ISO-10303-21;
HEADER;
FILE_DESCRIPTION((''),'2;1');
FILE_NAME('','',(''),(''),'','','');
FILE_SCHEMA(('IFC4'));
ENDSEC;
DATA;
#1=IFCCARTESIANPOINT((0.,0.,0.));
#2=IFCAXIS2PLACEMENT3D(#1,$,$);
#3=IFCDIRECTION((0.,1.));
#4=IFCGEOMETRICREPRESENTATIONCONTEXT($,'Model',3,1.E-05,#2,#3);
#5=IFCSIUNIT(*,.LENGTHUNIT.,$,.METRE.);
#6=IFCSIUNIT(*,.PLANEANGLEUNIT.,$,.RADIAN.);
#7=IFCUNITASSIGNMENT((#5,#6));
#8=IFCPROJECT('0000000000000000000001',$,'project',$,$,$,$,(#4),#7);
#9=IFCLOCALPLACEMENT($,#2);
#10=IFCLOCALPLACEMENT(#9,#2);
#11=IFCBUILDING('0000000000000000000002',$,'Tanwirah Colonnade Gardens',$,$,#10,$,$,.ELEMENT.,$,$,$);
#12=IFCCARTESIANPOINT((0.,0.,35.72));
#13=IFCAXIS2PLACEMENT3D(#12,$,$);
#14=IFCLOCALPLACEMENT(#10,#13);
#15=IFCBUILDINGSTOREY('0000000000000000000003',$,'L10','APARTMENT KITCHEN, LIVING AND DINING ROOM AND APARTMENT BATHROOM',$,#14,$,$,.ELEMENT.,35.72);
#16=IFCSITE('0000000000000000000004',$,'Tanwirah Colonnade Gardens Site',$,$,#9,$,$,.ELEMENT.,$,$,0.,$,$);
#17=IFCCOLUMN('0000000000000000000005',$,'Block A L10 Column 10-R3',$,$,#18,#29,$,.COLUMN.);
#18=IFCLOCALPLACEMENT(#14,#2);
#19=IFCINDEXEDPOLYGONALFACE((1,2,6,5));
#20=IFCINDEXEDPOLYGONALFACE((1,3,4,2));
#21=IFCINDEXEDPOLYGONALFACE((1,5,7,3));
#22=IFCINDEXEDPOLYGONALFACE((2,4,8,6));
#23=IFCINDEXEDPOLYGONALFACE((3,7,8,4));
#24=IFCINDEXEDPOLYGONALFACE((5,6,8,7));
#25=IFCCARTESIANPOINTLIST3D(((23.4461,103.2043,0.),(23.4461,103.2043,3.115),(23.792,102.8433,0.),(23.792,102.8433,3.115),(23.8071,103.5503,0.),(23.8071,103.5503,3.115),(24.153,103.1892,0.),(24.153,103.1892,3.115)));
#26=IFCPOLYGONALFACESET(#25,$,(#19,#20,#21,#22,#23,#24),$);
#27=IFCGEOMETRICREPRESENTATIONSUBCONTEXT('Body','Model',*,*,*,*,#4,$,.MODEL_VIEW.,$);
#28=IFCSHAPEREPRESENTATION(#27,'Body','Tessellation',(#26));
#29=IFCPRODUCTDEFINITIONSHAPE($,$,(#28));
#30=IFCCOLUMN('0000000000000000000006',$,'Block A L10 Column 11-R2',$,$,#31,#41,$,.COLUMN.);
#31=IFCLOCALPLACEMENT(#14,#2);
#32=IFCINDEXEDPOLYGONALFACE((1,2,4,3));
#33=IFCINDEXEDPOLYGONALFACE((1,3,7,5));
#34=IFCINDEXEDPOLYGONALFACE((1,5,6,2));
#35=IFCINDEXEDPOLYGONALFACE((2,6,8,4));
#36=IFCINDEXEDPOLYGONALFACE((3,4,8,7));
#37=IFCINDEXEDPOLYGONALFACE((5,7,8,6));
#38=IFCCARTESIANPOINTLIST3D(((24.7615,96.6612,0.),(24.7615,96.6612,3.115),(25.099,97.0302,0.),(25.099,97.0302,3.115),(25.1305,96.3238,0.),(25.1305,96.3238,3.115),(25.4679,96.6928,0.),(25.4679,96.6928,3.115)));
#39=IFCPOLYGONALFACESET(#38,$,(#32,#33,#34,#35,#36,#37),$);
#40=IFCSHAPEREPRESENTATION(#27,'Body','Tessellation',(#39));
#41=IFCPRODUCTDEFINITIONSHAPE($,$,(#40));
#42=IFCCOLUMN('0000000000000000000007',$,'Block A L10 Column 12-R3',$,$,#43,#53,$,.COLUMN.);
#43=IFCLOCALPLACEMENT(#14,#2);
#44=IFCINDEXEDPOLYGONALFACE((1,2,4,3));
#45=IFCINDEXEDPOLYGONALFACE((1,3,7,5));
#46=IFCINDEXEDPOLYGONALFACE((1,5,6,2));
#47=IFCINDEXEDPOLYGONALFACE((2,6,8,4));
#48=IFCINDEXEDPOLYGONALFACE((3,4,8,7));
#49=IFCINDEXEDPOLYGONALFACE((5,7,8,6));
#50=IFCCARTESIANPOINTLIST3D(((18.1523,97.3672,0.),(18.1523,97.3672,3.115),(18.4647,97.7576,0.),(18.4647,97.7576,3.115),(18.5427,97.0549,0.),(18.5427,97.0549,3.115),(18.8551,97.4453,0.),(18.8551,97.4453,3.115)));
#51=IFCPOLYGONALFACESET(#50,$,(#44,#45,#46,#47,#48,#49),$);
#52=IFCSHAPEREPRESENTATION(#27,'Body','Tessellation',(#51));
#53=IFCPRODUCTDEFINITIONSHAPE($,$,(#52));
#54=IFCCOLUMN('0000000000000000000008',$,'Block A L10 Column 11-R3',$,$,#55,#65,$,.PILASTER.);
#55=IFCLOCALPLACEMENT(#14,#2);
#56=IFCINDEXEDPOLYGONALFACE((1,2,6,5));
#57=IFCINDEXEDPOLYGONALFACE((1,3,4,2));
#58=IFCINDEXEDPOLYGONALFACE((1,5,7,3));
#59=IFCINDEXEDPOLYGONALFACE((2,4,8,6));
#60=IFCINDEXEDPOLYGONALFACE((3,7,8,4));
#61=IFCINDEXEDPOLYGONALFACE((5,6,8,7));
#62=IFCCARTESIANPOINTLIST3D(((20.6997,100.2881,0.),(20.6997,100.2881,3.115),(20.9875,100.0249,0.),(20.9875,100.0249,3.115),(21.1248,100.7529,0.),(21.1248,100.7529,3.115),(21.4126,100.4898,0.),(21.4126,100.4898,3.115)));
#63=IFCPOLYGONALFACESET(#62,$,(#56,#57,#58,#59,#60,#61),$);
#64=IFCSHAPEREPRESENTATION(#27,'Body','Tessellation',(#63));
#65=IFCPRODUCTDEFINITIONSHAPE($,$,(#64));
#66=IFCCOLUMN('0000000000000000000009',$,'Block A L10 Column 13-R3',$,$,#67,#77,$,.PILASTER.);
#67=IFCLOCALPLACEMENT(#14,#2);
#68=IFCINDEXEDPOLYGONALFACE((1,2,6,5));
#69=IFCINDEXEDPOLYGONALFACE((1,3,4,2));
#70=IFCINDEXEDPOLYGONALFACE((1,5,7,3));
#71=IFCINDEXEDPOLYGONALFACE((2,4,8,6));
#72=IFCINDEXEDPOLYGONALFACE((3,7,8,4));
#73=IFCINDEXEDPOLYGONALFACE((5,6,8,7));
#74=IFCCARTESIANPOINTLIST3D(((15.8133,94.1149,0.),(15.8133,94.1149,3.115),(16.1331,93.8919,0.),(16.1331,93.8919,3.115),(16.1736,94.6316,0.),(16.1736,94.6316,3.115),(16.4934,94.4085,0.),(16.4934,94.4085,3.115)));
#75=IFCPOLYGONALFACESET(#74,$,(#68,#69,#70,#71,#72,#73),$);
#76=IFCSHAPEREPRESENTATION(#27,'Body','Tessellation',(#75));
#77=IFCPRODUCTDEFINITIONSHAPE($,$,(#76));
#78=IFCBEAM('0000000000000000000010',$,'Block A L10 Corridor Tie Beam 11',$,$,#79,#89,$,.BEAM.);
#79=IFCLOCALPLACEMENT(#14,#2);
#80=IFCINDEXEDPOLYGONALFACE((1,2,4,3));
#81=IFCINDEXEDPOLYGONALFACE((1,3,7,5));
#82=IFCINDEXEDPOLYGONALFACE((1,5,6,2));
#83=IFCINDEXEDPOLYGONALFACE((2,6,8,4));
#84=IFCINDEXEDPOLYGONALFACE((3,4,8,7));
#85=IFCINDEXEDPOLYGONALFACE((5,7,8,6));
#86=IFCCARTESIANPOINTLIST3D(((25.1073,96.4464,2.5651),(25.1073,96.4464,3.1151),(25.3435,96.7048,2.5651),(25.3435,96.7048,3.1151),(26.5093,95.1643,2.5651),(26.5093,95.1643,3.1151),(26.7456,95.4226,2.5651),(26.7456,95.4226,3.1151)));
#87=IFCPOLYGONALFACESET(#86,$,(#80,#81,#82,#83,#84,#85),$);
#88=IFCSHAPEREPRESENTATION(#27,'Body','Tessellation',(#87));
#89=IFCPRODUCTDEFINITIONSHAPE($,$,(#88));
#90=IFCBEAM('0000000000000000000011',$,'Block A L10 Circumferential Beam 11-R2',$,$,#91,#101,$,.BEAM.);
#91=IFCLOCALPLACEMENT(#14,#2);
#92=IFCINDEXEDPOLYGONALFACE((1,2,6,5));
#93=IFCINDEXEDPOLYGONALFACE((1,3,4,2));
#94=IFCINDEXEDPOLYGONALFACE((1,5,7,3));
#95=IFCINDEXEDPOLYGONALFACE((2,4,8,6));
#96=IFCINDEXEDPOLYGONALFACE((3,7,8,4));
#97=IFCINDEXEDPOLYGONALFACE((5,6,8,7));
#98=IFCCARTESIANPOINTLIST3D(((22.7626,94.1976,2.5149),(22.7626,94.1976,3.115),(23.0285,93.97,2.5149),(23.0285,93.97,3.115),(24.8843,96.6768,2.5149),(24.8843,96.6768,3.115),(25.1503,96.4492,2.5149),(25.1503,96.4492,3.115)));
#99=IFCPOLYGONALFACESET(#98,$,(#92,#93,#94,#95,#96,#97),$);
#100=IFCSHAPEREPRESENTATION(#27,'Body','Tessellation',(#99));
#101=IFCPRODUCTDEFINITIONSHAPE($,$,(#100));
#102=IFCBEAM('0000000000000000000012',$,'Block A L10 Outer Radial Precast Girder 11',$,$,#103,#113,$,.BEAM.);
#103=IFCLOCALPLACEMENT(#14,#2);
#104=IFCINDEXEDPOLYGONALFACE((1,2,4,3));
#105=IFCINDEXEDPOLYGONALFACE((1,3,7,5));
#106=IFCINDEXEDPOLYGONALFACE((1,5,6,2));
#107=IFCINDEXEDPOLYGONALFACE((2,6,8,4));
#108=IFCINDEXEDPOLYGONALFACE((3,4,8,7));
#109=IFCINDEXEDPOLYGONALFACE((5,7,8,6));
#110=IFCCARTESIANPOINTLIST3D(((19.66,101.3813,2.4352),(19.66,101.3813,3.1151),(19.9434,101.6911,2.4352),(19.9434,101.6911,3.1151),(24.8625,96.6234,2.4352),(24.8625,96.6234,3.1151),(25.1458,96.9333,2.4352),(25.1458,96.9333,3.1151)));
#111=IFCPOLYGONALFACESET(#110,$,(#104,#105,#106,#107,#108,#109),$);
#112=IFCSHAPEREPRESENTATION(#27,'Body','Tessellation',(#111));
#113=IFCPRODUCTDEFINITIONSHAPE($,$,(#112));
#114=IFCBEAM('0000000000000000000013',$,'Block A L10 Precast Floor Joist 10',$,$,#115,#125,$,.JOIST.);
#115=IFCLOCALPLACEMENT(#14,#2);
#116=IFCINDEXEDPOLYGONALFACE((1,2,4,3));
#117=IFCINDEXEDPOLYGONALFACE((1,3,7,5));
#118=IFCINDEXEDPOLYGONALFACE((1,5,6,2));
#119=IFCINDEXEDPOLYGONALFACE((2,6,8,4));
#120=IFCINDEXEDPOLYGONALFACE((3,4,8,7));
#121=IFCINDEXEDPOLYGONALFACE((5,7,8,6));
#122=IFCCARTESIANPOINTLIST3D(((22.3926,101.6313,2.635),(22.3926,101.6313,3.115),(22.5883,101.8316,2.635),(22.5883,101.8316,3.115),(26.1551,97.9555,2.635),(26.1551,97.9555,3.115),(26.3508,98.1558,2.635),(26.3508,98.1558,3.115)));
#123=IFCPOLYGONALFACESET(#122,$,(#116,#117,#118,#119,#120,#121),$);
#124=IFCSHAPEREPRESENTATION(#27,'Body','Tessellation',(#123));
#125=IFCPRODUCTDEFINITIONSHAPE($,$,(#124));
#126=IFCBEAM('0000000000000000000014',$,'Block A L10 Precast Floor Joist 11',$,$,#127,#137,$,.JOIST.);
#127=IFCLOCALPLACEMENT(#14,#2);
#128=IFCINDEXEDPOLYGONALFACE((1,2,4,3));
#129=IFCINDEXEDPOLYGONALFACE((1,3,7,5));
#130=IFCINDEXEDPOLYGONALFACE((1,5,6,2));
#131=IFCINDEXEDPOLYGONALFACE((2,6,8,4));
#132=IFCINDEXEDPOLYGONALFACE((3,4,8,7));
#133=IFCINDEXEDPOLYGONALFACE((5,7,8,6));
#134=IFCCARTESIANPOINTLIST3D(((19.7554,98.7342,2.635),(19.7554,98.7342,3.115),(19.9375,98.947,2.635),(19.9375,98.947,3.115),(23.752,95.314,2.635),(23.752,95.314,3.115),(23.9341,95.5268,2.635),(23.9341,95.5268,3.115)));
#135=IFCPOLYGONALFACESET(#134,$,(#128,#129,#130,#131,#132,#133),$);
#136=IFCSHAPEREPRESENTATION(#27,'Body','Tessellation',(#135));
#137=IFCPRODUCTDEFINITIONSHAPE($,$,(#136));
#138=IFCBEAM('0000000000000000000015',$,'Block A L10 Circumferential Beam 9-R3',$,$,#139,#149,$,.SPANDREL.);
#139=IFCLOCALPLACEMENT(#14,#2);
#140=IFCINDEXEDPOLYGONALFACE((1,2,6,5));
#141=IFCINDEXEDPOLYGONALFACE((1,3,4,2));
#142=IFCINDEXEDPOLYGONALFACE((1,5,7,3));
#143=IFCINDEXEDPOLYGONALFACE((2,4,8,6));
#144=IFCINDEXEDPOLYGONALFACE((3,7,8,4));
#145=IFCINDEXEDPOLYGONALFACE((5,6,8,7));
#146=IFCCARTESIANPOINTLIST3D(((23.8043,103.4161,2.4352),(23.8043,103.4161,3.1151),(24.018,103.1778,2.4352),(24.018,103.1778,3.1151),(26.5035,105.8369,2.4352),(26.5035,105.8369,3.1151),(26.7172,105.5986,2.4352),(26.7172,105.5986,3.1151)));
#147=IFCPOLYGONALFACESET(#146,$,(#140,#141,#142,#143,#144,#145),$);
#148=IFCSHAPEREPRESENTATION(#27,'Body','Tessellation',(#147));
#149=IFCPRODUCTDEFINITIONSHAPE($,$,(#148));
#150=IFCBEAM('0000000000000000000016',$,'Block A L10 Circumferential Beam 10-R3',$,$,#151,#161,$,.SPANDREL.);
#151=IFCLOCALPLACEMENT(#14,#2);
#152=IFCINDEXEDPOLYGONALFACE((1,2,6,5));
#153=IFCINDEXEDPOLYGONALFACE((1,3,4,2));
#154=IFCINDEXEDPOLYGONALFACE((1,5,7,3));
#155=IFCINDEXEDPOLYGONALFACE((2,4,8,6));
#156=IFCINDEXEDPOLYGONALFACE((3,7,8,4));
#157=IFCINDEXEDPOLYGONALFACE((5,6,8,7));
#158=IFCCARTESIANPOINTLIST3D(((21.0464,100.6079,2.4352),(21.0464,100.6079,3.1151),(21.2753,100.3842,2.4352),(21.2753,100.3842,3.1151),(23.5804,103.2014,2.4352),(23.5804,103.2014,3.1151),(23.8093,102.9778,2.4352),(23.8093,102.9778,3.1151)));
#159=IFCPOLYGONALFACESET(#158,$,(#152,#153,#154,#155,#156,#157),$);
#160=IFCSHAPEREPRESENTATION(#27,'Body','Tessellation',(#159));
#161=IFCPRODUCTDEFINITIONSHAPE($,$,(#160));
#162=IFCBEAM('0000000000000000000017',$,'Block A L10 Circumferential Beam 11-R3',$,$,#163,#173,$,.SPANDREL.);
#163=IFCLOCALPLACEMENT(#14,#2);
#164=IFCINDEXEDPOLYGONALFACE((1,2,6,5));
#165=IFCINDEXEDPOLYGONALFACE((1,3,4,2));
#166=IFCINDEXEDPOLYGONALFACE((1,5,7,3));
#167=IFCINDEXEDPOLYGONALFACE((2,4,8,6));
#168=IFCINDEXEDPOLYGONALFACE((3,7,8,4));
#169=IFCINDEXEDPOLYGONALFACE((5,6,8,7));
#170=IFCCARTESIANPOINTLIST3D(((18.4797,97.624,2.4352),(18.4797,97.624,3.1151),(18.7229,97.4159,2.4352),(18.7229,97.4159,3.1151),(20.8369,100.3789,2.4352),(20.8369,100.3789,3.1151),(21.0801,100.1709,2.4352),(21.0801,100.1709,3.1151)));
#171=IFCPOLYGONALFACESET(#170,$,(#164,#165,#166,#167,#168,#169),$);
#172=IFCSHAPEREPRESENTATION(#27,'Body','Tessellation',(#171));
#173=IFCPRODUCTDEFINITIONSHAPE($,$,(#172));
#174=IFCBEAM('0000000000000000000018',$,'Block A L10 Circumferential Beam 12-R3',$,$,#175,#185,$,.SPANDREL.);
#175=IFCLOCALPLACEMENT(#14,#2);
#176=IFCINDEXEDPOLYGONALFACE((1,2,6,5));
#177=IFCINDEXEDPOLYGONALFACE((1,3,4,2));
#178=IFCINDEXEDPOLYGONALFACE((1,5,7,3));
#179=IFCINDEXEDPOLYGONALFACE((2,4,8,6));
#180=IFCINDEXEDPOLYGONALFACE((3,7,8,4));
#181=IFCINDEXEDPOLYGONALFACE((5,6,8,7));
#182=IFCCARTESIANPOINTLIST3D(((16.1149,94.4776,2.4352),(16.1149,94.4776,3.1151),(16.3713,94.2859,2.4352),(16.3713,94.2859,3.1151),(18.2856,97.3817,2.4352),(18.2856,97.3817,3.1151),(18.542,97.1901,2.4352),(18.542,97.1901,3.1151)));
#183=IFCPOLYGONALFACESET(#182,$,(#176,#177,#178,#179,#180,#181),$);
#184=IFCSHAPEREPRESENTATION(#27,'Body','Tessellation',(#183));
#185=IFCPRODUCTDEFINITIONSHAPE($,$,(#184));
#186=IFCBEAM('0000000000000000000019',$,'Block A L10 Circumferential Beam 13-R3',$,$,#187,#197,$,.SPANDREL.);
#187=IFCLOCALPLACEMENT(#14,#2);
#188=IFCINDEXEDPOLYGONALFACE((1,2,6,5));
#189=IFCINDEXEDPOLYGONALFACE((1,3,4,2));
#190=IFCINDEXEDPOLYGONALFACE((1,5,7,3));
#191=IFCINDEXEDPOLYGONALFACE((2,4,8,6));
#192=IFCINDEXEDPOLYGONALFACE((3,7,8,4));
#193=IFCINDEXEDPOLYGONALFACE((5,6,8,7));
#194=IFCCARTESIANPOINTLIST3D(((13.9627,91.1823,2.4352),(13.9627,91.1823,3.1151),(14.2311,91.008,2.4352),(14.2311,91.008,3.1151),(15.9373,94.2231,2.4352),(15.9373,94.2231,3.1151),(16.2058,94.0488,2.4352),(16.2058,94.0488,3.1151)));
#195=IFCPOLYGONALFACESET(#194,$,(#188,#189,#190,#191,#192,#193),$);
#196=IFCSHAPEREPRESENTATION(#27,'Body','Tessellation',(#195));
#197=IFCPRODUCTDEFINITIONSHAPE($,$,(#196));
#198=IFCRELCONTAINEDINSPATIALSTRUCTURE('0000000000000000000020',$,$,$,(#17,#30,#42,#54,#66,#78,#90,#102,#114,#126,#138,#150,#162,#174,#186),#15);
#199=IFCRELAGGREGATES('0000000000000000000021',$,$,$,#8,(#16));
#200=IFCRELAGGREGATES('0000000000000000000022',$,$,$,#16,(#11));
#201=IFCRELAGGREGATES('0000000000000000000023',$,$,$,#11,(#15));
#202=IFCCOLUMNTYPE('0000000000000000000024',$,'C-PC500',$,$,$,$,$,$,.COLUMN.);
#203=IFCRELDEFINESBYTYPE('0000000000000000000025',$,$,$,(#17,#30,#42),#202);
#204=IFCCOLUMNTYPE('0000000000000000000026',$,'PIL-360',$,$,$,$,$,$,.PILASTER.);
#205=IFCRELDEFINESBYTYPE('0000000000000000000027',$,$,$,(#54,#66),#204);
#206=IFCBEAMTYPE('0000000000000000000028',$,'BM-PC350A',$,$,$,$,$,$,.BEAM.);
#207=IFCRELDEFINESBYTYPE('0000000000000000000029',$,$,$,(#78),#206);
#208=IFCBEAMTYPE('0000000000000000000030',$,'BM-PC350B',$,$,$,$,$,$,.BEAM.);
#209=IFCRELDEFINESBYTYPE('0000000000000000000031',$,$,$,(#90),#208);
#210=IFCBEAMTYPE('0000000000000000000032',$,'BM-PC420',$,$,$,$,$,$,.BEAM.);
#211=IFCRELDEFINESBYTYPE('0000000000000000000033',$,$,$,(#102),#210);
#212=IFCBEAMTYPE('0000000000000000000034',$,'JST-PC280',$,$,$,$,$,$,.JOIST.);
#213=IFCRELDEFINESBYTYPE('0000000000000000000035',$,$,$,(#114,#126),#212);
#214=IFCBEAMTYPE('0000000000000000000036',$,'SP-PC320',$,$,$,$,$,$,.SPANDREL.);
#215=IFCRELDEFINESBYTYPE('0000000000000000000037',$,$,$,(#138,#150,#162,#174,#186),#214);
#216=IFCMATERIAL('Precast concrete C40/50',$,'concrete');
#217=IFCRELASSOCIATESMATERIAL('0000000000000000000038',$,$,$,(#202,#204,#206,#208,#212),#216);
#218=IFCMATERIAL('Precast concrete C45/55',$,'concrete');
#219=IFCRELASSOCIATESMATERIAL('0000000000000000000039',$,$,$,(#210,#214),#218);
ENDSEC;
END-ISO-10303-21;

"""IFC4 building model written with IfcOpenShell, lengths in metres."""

from ifc_helpers import new_model, si_unit, direction, frame, origin, origin_2d, place, context, subcontext, project, spatial, rectangle, extrude, material, material_profile, profile_set, type_object, element, save


model = new_model("IFC4")

# Units and contexts
model_context = context("Model", 3, precision=1e-05, world=origin(), true_north=direction((0.0, 1.0)))
body_context = subcontext(model_context, "Body", "Model", "MODEL_VIEW")
ifc_project = project(units=[si_unit("LENGTHUNIT", "METRE"), si_unit("PLANEANGLEUNIT", "RADIAN")], contexts=[model_context])

# Site, building, storey
site_placement = place(None, origin())
site = spatial("IfcSite", under=ifc_project, at=site_placement, Name="Tanwirah Colonnade Gardens Site", CompositionType="ELEMENT", RefElevation=0.0)
building_placement = place(site_placement, origin())
building = spatial("IfcBuilding", under=site, at=building_placement, Name="Tanwirah Colonnade Gardens", CompositionType="ELEMENT")
storey_placement = place(building_placement, frame((0.0, 0.0, 35.72)))
storey = spatial("IfcBuildingStorey", under=building, at=storey_placement, Name="L10", Description="APARTMENT KITCHEN, LIVING AND DINING ROOM AND APARTMENT BATHROOM", CompositionType="ELEMENT", Elevation=35.72)

# Columns
ifc_material_1 = material(Name="Precast concrete C40/50", Category="concrete")
ifc_material_profile_1 = material_profile(ifc_material_1, rectangle(XDim=0.5, YDim=0.5, at=origin_2d()), Name="PC-COL 500x500")
ifc_profile_set_1 = profile_set([ifc_material_profile_1], Name="Precast concrete C40/50")
column_type_1 = type_object("IfcColumnType", Name="C-PC500", PredefinedType="COLUMN", material=ifc_profile_set_1)
for number, where, z_axis, x_axis, name in (
    (1, (23.7996, 103.1968, 0.0), (0.0, 0.0, 1.0), (-0.691863, 0.722029, 0.0), "Block A L10 Column 10-R3"),
    (2, (25.1147, 96.677, 0.0), (0.0, 0.0, 1.0), (-0.737932, 0.674875, 0.0), "Block A L10 Column 11-R2"),
    (3, (18.5037, 97.4062, 0.0), (0.0, 0.0, 1.0), (-0.780794, 0.624788, 0.0), "Block A L10 Column 12-R3"),
):
    element("IfcColumn", number, at=place(storey_placement, frame(where, z_axis=z_axis, x_axis=x_axis)), inside=storey, type_object=column_type_1, Name=name, PredefinedType="COLUMN", context=body_context, shape_type="SweptSolid", body=[
        extrude(rectangle(XDim=0.5, YDim=0.5, at=origin_2d()), origin(), (0.0, 0.0, 1.0), 3.115),
    ])
ifc_material_profile_2 = material_profile(ifc_material_1, rectangle(XDim=0.3899, YDim=0.6299, at=origin_2d()), Name="PC-PIL 390x630")
ifc_profile_set_2 = profile_set([ifc_material_profile_2], Name="Precast concrete C40/50")
column_type_2 = type_object("IfcColumnType", Name="PIL-360", PredefinedType="PILASTER", material=ifc_profile_set_2)
for number, where, z_axis, x_axis, name in (
    (4, (21.0562, 100.3889, 0.0), (0.0, 0.0, 1.0), (-0.737932, 0.674875, 0.0), "Block A L10 Column 11-R3"),
    (5, (16.1533, 94.2617, 0.0), (0.0, 0.0, 1.0), (-0.820263, 0.571987, 0.0), "Block A L10 Column 13-R3"),
):
    element("IfcColumn", number, at=place(storey_placement, frame(where, z_axis=z_axis, x_axis=x_axis)), inside=storey, type_object=column_type_2, Name=name, PredefinedType="PILASTER", context=body_context, shape_type="SweptSolid", body=[
        extrude(rectangle(XDim=0.3899, YDim=0.6299, at=origin_2d()), origin(), (0.0, 0.0, 1.0), 3.115),
    ])

# Beams
ifc_material_profile_3 = material_profile(ifc_material_1, rectangle(XDim=0.3501, YDim=0.55, at=origin_2d()), Name="PC-BM 350x550")
ifc_profile_set_3 = profile_set([ifc_material_profile_3], Name="Precast concrete C40/50")
beam_type_1 = type_object("IfcBeamType", Name="BM-PC350A", PredefinedType="BEAM", material=ifc_profile_set_3)
beam_1_placement = place(storey_placement, frame((26.6274, 95.2935, 2.8401), z_axis=(-0.737948, 0.674857, 0.0), x_axis=(-0.674857, -0.737948, 0.0)))
element("IfcBeam", 6, at=beam_1_placement, inside=storey, type_object=beam_type_1, Name="Block A L10 Corridor Tie Beam 11", PredefinedType="BEAM", context=body_context, shape_type="SweptSolid", body=[
    extrude(rectangle(XDim=0.3501, YDim=0.55, at=origin_2d()), origin(), (0.0, 0.0, 1.0), 1.8999),
])
ifc_material_profile_4 = material_profile(ifc_material_1, rectangle(XDim=0.3501, YDim=0.6001, at=origin_2d()), Name="PC-BM 350x600")
ifc_profile_set_4 = profile_set([ifc_material_profile_4], Name="Precast concrete C40/50")
beam_type_2 = type_object("IfcBeamType", Name="BM-PC350B", PredefinedType="BEAM", material=ifc_profile_set_4)
beam_2_placement = place(storey_placement, frame((25.0173, 96.563, 2.8149), z_axis=(-0.650218, -0.759748, 0.0), x_axis=(0.759748, -0.650218, 0.0)))
element("IfcBeam", 7, at=beam_2_placement, inside=storey, type_object=beam_type_2, Name="Block A L10 Circumferential Beam 11-R2", PredefinedType="BEAM", context=body_context, shape_type="SweptSolid", body=[
    extrude(rectangle(XDim=0.3501, YDim=0.6001, at=origin_2d()), origin(), (0.0, 0.0, 1.0), 3.2632),
])
ifc_material_2 = material(Name="Precast concrete C45/55", Category="concrete")
ifc_material_profile_5 = material_profile(ifc_material_2, rectangle(XDim=0.4199, YDim=0.6799, at=origin_2d()), Name="PC-BM 420x680")
ifc_profile_set_5 = profile_set([ifc_material_profile_5], Name="Precast concrete C45/55")
beam_type_3 = type_object("IfcBeamType", Name="BM-PC420", PredefinedType="BEAM", material=ifc_profile_set_5)
beam_3_placement = place(storey_placement, frame((25.0042, 96.7783, 2.7751), z_axis=(-0.737934, 0.674873, 0.0), x_axis=(-0.674873, -0.737934, 0.0)))
element("IfcBeam", 8, at=beam_3_placement, inside=storey, type_object=beam_type_3, Name="Block A L10 Outer Radial Precast Girder 11", PredefinedType="BEAM", context=body_context, shape_type="SweptSolid", body=[
    extrude(rectangle(XDim=0.4199, YDim=0.6799, at=origin_2d()), origin(), (0.0, 0.0, 1.0), 7.05),
])
ifc_material_profile_6 = material_profile(ifc_material_1, rectangle(XDim=0.28, YDim=0.48, at=origin_2d()), Name="PC-JST 280x480")
ifc_profile_set_6 = profile_set([ifc_material_profile_6], Name="Precast concrete C40/50")
beam_type_4 = type_object("IfcBeamType", Name="JST-PC280", PredefinedType="JOIST", material=ifc_profile_set_6)
beam_4_placement = place(storey_placement, frame((26.2529, 98.0557, 2.875), z_axis=(-0.715297, 0.69882, 0.0), x_axis=(-0.69882, -0.715297, 0.0)))
element("IfcBeam", 9, at=beam_4_placement, inside=storey, type_object=beam_type_4, Name="Block A L10 Precast Floor Joist 10", PredefinedType="JOIST", context=body_context, shape_type="SweptSolid", body=[
    extrude(rectangle(XDim=0.28, YDim=0.48, at=origin_2d()), origin(), (0.0, 0.0, 1.0), 5.26),
])
beam_5_placement = place(storey_placement, frame((23.843, 95.4204, 2.875), z_axis=(-0.759771, 0.650191, 0.0), x_axis=(-0.650191, -0.759771, 0.0)))
element("IfcBeam", 10, at=beam_5_placement, inside=storey, type_object=beam_type_4, Name="Block A L10 Precast Floor Joist 11", PredefinedType="JOIST", context=body_context, shape_type="SweptSolid", body=[
    extrude(rectangle(XDim=0.28, YDim=0.48, at=origin_2d()), origin(), (0.0, 0.0, 1.0), 5.2603),
])
ifc_material_profile_7 = material_profile(ifc_material_2, rectangle(XDim=0.3201, YDim=0.6799, at=origin_2d()), Name="PC-SP 320x680")
ifc_profile_set_7 = profile_set([ifc_material_profile_7], Name="Precast concrete C45/55")
beam_type_5 = type_object("IfcBeamType", Name="SP-PC320", PredefinedType="SPANDREL", material=ifc_profile_set_7)
beam_6_placement = place(storey_placement, frame((26.6104, 105.7178, 2.7751), z_axis=(-0.744445, -0.667684, 0.0), x_axis=(0.667684, -0.744445, 0.0)))
element("IfcBeam", 11, at=beam_6_placement, inside=storey, type_object=beam_type_5, Name="Block A L10 Circumferential Beam 9-R3", PredefinedType="SPANDREL", context=body_context, shape_type="SweptSolid", body=[
    extrude(rectangle(XDim=0.3201, YDim=0.6799, at=origin_2d()), origin(), (0.0, 0.0, 1.0), 3.6257),
])
beam_7_placement = place(storey_placement, frame((23.6948, 103.0896, 2.7751), z_axis=(-0.698844, -0.715274, 0.0), x_axis=(0.715274, -0.698844, 0.0)))
element("IfcBeam", 12, at=beam_7_placement, inside=storey, type_object=beam_type_5, Name="Block A L10 Circumferential Beam 10-R3", PredefinedType="SPANDREL", context=body_context, shape_type="SweptSolid", body=[
    extrude(rectangle(XDim=0.3201, YDim=0.6799, at=origin_2d()), origin(), (0.0, 0.0, 1.0), 3.626),
])
for number, where, z_axis, x_axis, name in (
    (13, (20.9585, 100.2749, 2.7751), (-0.650131, -0.759822, 0.0), (0.759822, -0.650131, 0.0), "Block A L10 Circumferential Beam 11-R3"),
    (14, (18.4138, 97.2859, 2.7751), (-0.598696, -0.800977, 0.0), (0.800977, -0.598696, 0.0), "Block A L10 Circumferential Beam 12-R3"),
    (15, (16.0715, 94.136, 2.7751), (-0.544621, -0.838682, 0.0), (0.838682, -0.544621, 0.0), "Block A L10 Circumferential Beam 13-R3"),
):
    element("IfcBeam", number, at=place(storey_placement, frame(where, z_axis=z_axis, x_axis=x_axis)), inside=storey, type_object=beam_type_5, Name=name, PredefinedType="SPANDREL", context=body_context, shape_type="SweptSolid", body=[
        extrude(rectangle(XDim=0.3201, YDim=0.6799, at=origin_2d()), origin(), (0.0, 0.0, 1.0), 3.6257),
    ])

save(model, "model.ifc")
